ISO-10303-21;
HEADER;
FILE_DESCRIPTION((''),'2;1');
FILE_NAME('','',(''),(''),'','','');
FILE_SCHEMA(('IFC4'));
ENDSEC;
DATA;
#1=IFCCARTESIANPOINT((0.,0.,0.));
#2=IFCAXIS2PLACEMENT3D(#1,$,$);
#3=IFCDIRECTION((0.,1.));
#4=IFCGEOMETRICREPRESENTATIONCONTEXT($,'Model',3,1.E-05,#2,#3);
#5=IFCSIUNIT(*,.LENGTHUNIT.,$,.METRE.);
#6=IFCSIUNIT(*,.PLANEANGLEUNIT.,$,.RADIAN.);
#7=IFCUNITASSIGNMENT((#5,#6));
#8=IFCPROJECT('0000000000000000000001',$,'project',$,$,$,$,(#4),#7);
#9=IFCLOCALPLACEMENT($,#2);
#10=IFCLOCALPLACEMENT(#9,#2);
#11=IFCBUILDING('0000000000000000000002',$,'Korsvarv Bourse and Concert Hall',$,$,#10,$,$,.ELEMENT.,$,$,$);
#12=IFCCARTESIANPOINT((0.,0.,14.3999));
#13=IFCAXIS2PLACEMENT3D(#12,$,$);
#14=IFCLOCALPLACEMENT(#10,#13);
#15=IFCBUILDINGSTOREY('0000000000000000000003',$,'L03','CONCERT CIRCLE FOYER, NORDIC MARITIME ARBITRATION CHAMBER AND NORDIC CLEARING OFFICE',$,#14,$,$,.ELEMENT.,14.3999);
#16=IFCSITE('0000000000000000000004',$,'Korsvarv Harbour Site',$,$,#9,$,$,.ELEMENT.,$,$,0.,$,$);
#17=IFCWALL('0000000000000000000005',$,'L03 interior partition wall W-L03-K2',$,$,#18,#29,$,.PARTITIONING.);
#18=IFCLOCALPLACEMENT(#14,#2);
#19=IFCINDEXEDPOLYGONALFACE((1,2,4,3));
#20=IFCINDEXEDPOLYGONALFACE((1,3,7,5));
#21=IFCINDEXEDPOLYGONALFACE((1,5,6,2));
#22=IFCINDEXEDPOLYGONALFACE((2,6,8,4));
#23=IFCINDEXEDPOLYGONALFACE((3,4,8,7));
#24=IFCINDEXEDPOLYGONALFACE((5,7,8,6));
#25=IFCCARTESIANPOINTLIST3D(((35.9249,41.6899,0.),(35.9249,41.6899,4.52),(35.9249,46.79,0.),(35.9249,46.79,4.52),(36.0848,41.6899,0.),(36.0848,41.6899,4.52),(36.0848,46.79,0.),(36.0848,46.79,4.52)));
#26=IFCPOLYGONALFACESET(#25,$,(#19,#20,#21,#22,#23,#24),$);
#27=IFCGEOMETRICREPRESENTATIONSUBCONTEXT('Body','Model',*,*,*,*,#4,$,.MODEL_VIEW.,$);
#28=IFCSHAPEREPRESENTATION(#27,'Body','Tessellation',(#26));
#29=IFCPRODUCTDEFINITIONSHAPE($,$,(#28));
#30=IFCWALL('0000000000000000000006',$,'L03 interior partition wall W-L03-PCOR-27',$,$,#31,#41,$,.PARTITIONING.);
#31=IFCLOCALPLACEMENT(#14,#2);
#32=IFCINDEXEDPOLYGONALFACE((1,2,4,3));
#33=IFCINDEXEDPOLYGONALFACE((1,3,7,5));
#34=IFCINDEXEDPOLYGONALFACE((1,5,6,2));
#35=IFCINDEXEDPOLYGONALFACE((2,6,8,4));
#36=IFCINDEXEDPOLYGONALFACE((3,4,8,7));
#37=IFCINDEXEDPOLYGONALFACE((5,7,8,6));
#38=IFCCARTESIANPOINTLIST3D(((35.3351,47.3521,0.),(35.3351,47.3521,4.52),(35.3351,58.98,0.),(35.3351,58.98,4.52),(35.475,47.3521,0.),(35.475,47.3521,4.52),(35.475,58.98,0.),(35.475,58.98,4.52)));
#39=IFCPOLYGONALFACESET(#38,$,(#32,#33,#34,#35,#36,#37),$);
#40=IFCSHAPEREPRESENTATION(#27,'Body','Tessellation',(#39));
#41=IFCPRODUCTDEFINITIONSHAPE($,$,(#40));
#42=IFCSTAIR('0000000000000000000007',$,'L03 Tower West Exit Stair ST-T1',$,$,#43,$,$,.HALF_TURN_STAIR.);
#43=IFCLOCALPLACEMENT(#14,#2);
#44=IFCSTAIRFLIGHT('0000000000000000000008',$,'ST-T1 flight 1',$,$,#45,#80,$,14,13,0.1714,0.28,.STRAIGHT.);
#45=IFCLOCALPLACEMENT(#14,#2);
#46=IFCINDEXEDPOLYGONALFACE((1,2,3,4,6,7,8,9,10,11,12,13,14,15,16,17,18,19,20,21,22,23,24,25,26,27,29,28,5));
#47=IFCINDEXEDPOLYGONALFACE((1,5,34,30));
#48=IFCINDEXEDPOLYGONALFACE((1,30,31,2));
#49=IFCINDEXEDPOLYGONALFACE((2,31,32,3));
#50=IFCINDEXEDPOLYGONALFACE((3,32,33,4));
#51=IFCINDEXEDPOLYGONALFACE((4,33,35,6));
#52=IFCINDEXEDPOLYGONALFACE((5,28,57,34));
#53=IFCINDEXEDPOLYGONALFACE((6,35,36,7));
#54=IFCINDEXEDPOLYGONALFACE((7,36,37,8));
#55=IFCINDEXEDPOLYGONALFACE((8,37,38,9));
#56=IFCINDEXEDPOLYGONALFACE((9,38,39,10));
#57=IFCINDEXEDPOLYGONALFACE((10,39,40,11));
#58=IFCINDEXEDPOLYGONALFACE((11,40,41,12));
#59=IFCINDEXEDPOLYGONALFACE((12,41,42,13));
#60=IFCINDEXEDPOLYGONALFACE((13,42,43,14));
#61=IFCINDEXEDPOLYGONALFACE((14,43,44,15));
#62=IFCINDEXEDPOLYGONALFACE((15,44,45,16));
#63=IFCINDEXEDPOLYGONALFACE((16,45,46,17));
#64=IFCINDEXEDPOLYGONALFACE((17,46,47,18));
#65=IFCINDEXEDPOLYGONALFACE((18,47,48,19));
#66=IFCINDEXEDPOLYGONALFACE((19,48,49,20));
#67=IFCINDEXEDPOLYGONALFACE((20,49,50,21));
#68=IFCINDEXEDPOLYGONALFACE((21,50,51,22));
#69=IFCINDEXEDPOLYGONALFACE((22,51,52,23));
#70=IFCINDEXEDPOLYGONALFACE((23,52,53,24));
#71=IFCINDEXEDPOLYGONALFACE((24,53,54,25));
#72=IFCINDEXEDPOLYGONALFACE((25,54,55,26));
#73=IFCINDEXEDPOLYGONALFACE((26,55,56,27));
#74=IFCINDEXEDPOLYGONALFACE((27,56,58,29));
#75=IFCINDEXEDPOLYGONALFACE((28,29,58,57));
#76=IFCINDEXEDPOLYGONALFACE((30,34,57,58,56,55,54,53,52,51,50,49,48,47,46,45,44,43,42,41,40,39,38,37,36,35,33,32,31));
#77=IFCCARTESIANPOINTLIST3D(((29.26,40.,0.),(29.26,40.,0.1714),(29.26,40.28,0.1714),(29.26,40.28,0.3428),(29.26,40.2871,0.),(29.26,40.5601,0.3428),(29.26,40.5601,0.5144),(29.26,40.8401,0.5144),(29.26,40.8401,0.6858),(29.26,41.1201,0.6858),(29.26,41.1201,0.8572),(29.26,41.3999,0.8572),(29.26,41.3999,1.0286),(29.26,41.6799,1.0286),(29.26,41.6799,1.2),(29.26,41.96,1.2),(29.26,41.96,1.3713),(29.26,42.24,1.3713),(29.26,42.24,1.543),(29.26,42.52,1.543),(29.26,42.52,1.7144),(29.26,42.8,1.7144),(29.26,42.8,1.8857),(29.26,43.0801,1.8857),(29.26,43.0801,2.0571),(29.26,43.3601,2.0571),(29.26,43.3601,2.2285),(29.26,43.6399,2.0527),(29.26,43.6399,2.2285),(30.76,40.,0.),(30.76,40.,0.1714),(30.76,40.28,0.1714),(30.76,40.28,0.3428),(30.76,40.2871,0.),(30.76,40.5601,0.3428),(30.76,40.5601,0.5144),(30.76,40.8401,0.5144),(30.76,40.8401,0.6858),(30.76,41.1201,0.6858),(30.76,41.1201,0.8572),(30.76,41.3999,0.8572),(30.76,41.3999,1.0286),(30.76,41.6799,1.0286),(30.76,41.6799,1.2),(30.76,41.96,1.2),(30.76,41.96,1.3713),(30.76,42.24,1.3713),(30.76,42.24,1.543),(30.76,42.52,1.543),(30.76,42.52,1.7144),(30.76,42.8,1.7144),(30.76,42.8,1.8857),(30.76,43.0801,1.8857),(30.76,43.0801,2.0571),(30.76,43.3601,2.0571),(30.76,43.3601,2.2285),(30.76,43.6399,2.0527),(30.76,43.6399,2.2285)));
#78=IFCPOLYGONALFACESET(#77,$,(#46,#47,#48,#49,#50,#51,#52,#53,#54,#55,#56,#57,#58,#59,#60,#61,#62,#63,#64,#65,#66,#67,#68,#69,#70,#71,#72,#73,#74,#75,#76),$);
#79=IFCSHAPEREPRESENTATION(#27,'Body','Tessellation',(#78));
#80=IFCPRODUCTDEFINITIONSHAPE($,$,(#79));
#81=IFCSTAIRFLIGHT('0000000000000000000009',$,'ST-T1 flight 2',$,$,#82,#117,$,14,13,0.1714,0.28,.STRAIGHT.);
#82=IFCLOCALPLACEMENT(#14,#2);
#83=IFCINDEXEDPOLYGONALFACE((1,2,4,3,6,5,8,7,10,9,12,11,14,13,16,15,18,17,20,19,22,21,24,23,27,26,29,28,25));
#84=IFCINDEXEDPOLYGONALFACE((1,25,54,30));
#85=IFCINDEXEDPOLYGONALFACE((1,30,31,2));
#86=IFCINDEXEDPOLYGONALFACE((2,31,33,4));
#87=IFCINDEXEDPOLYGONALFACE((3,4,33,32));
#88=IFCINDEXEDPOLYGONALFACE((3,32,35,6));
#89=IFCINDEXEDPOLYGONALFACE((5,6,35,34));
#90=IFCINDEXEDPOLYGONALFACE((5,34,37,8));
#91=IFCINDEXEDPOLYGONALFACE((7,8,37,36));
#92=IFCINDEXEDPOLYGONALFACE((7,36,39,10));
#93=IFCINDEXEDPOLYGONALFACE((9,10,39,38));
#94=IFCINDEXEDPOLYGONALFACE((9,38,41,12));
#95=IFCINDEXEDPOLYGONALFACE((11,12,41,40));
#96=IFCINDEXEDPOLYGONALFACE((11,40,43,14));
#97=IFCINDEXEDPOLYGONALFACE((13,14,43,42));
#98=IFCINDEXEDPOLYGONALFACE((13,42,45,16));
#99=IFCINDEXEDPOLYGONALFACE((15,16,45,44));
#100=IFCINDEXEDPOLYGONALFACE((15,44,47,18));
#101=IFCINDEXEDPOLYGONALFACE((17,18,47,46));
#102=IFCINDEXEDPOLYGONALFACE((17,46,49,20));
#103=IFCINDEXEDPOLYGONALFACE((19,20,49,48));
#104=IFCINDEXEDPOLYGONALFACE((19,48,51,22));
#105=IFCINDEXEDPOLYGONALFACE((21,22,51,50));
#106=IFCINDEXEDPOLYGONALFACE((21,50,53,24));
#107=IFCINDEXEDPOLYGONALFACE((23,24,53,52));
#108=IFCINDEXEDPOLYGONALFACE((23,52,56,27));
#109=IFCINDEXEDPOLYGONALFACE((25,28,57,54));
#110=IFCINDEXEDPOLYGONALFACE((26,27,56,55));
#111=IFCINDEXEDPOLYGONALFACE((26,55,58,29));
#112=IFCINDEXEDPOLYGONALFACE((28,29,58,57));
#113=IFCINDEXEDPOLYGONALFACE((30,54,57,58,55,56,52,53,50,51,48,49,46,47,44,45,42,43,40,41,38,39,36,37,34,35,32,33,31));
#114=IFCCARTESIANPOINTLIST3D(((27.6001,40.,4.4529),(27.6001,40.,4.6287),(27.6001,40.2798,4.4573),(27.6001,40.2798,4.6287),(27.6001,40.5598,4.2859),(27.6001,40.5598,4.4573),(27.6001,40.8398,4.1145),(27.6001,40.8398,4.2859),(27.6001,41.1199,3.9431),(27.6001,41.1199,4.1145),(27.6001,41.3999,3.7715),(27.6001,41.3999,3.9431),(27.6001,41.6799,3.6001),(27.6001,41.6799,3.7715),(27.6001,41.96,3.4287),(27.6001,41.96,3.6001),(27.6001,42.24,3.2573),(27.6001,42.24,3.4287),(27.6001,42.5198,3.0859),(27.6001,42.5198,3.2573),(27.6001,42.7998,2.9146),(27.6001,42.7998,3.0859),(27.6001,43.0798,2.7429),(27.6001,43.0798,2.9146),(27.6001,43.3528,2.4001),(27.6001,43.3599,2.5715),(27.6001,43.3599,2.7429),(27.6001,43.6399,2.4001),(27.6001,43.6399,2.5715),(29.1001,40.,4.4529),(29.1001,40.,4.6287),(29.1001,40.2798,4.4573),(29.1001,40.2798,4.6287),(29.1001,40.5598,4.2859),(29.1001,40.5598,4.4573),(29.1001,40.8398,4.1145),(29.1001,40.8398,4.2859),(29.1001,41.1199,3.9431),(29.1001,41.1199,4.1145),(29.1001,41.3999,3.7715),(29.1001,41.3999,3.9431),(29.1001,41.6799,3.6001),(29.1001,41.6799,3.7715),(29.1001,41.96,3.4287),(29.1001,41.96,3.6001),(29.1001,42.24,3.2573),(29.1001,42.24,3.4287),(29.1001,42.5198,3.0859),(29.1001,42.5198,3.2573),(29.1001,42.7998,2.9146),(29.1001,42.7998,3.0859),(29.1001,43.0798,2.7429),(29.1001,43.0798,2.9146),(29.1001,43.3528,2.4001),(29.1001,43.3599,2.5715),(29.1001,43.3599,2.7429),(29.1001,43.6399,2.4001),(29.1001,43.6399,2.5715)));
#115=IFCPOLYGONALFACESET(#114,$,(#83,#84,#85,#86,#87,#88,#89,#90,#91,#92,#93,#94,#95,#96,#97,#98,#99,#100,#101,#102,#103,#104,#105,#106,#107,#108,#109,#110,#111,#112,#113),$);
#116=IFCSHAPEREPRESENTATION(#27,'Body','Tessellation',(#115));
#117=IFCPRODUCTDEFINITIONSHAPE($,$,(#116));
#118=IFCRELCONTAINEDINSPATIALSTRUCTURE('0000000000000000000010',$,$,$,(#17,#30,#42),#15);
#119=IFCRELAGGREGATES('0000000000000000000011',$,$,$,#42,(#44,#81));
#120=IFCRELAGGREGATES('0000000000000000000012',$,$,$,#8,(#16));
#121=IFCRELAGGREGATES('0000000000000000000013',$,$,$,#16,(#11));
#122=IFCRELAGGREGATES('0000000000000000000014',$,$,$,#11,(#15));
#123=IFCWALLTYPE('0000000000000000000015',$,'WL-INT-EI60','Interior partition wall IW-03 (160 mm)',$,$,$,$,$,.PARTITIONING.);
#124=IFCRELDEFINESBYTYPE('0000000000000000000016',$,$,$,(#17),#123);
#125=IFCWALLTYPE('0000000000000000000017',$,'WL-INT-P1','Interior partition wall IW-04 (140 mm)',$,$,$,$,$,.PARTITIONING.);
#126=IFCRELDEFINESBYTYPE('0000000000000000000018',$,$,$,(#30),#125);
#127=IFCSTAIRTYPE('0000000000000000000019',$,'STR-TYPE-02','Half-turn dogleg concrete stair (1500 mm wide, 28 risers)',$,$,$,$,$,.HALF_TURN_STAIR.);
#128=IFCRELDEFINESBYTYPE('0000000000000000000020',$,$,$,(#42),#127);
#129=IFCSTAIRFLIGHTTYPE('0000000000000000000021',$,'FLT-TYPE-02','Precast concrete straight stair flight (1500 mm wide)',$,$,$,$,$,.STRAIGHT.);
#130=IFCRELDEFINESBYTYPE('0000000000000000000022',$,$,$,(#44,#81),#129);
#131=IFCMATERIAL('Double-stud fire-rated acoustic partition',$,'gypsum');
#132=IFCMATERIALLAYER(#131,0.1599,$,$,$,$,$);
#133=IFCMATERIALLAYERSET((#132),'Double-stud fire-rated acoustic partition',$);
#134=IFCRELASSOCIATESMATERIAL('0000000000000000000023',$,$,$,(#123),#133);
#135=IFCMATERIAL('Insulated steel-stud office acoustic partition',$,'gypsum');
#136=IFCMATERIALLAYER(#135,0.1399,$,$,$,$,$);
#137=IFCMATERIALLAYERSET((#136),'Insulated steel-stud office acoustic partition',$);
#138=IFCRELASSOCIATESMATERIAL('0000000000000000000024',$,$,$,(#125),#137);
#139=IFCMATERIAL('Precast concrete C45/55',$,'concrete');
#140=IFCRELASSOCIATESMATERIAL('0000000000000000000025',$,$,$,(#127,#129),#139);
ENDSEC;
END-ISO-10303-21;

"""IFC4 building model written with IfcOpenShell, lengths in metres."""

from ifc_helpers import new_model, si_unit, direction, frame, frame_2d, origin, place, context, subcontext, project, spatial, polyline, rectangle, outline, extrude, material, layer, layer_set, type_object, element, aggregate, save


model = new_model("IFC4")

# Units and contexts
model_context = context("Model", 3, precision=1e-05, world=origin(), true_north=direction((0.0, 1.0)))
body_context = subcontext(model_context, "Body", "Model", "MODEL_VIEW")
ifc_project = project(units=[si_unit("LENGTHUNIT", "METRE"), si_unit("PLANEANGLEUNIT", "RADIAN")], contexts=[model_context])

# Site, building, storey
site_placement = place(None, origin())
site = spatial("IfcSite", under=ifc_project, at=site_placement, Name="Korsvarv Harbour Site", CompositionType="ELEMENT", RefElevation=0.0)
building_placement = place(site_placement, origin())
building = spatial("IfcBuilding", under=site, at=building_placement, Name="Korsvarv Bourse and Concert Hall", CompositionType="ELEMENT")
storey_placement = place(building_placement, frame((0.0, 0.0, 14.3999)))
storey = spatial("IfcBuildingStorey", under=building, at=storey_placement, Name="L03", Description="CONCERT CIRCLE FOYER, NORDIC MARITIME ARBITRATION CHAMBER AND NORDIC CLEARING OFFICE", CompositionType="ELEMENT", Elevation=14.3999)

# Walls
ifc_material_1 = material(Name="Double-stud fire-rated acoustic partition", Category="gypsum")
ifc_layer_1 = layer(ifc_material_1, 0.1599)
ifc_layer_set_1 = layer_set([ifc_layer_1], Name="Double-stud fire-rated acoustic partition")
wall_type_1 = type_object("IfcWallType", Name="WL-INT-EI60", Description="Interior partition wall IW-03 (160 mm)", PredefinedType="PARTITIONING", material=ifc_layer_set_1)
wall_1_placement = place(storey_placement, frame((36.0049, 41.6899, 0.0), z_axis=(0.0, 0.0, 1.0), x_axis=(0.0, 1.0, 0.0)))
element("IfcWall", 1, at=wall_1_placement, inside=storey, type_object=wall_type_1, Name="L03 interior partition wall W-L03-K2", PredefinedType="PARTITIONING", context=body_context, shape_type="SweptSolid", body=[
    extrude(rectangle(XDim=5.1001, YDim=0.1599, at=frame_2d((2.55, 0.0))), origin(), (0.0, 0.0, 1.0), 4.52),
])
ifc_material_2 = material(Name="Insulated steel-stud office acoustic partition", Category="gypsum")
ifc_layer_2 = layer(ifc_material_2, 0.1399)
ifc_layer_set_2 = layer_set([ifc_layer_2], Name="Insulated steel-stud office acoustic partition")
wall_type_2 = type_object("IfcWallType", Name="WL-INT-P1", Description="Interior partition wall IW-04 (140 mm)", PredefinedType="PARTITIONING", material=ifc_layer_set_2)
wall_2_placement = place(storey_placement, frame((35.405, 47.3521, 0.0), z_axis=(0.0, 0.0, 1.0), x_axis=(0.0, 1.0, 0.0)))
element("IfcWall", 2, at=wall_2_placement, inside=storey, type_object=wall_type_2, Name="L03 interior partition wall W-L03-PCOR-27", PredefinedType="PARTITIONING", context=body_context, shape_type="SweptSolid", body=[
    extrude(rectangle(XDim=11.6279, YDim=0.1399, at=frame_2d((5.814, 0.0))), origin(), (0.0, 0.0, 1.0), 4.52),
])

# Stair, stair flights
ifc_material_3 = material(Name="Precast concrete C45/55", Category="concrete")
stair_type = type_object("IfcStairType", Name="STR-TYPE-02", Description="Half-turn dogleg concrete stair (1500 mm wide, 28 risers)", PredefinedType="HALF_TURN_STAIR", material=ifc_material_3)
stair_placement = place(storey_placement, origin())
stair = element("IfcStair", 3, at=stair_placement, inside=storey, type_object=stair_type, Name="L03 Tower West Exit Stair ST-T1", PredefinedType="HALF_TURN_STAIR")
stair_flight_type = type_object("IfcStairFlightType", Name="FLT-TYPE-02", Description="Precast concrete straight stair flight (1500 mm wide)", PredefinedType="STRAIGHT", material=ifc_material_3)
stair_flight_1_placement = place(storey_placement, frame((30.01, 40.0, 0.0), z_axis=(0.0, 0.0, 1.0), x_axis=(0.0, 1.0, 0.0)))
stair_flight_1 = element("IfcStairFlight", 4, at=stair_flight_1_placement, type_object=stair_flight_type, Name="ST-T1 flight 1", NumberOfRisers=14, NumberOfTreads=13, PredefinedType="STRAIGHT", RiserHeight=0.1714, TreadLength=0.28, context=body_context, shape_type="SweptSolid", body=[
    extrude(outline(polyline([(0.0, 0.0), (0.0, 0.1714), (0.28, 0.1714), (0.28, 0.3428), (0.5601, 0.3428), (0.5601, 0.5144), (0.8401, 0.5144), (0.8401, 0.6858), (1.1201, 0.6858), (1.1201, 0.8572), (1.3999, 0.8572), (1.3999, 1.0286), (1.6799, 1.0286), (1.6799, 1.2), (1.96, 1.2), (1.96, 1.3713), (2.24, 1.3713), (2.24, 1.543), (2.52, 1.543), (2.52, 1.7144), (2.8, 1.7144), (2.8, 1.8857), (3.0801, 1.8857), (3.0801, 2.0571), (3.3601, 2.0571), (3.3601, 2.2285), (3.6399, 2.2285), (3.6399, 2.3999), (3.6399, 2.0527), (0.2871, 0.0), (0.0, 0.0)])), frame((0.0, 0.75, 0.0), z_axis=(0.0, -1.0, 0.0), x_axis=(1.0, 0.0, 0.0)), (0.0, 0.0, 1.0), 1.5),
])
stair_flight_2_placement = place(storey_placement, frame((28.3501, 43.6399, 2.4001), z_axis=(0.0, 0.0, 1.0), x_axis=(0.0, -1.0, 0.0)))
stair_flight_2 = element("IfcStairFlight", 5, at=stair_flight_2_placement, type_object=stair_flight_type, Name="ST-T1 flight 2", NumberOfRisers=14, NumberOfTreads=13, PredefinedType="STRAIGHT", RiserHeight=0.1714, TreadLength=0.28, context=body_context, shape_type="SweptSolid", body=[
    extrude(outline(polyline([(0.0, 0.0), (0.0, 0.1714), (0.28, 0.1714), (0.28, 0.3428), (0.5601, 0.3428), (0.5601, 0.5144), (0.8401, 0.5144), (0.8401, 0.6858), (1.1201, 0.6858), (1.1201, 0.8572), (1.3999, 0.8572), (1.3999, 1.0286), (1.6799, 1.0286), (1.6799, 1.2), (1.96, 1.2), (1.96, 1.3713), (2.24, 1.3713), (2.24, 1.543), (2.52, 1.543), (2.52, 1.7144), (2.8, 1.7144), (2.8, 1.8857), (3.0801, 1.8857), (3.0801, 2.0571), (3.3601, 2.0571), (3.3601, 2.2285), (3.6399, 2.2285), (3.6399, 2.3999), (3.6399, 2.0527), (0.2871, 0.0), (0.0, 0.0)])), frame((0.0, 0.75, 0.0), z_axis=(0.0, -1.0, 0.0), x_axis=(1.0, 0.0, 0.0)), (0.0, 0.0, 1.0), 1.5),
])
aggregate(stair, [stair_flight_1, stair_flight_2])

save(model, "model.ifc")
